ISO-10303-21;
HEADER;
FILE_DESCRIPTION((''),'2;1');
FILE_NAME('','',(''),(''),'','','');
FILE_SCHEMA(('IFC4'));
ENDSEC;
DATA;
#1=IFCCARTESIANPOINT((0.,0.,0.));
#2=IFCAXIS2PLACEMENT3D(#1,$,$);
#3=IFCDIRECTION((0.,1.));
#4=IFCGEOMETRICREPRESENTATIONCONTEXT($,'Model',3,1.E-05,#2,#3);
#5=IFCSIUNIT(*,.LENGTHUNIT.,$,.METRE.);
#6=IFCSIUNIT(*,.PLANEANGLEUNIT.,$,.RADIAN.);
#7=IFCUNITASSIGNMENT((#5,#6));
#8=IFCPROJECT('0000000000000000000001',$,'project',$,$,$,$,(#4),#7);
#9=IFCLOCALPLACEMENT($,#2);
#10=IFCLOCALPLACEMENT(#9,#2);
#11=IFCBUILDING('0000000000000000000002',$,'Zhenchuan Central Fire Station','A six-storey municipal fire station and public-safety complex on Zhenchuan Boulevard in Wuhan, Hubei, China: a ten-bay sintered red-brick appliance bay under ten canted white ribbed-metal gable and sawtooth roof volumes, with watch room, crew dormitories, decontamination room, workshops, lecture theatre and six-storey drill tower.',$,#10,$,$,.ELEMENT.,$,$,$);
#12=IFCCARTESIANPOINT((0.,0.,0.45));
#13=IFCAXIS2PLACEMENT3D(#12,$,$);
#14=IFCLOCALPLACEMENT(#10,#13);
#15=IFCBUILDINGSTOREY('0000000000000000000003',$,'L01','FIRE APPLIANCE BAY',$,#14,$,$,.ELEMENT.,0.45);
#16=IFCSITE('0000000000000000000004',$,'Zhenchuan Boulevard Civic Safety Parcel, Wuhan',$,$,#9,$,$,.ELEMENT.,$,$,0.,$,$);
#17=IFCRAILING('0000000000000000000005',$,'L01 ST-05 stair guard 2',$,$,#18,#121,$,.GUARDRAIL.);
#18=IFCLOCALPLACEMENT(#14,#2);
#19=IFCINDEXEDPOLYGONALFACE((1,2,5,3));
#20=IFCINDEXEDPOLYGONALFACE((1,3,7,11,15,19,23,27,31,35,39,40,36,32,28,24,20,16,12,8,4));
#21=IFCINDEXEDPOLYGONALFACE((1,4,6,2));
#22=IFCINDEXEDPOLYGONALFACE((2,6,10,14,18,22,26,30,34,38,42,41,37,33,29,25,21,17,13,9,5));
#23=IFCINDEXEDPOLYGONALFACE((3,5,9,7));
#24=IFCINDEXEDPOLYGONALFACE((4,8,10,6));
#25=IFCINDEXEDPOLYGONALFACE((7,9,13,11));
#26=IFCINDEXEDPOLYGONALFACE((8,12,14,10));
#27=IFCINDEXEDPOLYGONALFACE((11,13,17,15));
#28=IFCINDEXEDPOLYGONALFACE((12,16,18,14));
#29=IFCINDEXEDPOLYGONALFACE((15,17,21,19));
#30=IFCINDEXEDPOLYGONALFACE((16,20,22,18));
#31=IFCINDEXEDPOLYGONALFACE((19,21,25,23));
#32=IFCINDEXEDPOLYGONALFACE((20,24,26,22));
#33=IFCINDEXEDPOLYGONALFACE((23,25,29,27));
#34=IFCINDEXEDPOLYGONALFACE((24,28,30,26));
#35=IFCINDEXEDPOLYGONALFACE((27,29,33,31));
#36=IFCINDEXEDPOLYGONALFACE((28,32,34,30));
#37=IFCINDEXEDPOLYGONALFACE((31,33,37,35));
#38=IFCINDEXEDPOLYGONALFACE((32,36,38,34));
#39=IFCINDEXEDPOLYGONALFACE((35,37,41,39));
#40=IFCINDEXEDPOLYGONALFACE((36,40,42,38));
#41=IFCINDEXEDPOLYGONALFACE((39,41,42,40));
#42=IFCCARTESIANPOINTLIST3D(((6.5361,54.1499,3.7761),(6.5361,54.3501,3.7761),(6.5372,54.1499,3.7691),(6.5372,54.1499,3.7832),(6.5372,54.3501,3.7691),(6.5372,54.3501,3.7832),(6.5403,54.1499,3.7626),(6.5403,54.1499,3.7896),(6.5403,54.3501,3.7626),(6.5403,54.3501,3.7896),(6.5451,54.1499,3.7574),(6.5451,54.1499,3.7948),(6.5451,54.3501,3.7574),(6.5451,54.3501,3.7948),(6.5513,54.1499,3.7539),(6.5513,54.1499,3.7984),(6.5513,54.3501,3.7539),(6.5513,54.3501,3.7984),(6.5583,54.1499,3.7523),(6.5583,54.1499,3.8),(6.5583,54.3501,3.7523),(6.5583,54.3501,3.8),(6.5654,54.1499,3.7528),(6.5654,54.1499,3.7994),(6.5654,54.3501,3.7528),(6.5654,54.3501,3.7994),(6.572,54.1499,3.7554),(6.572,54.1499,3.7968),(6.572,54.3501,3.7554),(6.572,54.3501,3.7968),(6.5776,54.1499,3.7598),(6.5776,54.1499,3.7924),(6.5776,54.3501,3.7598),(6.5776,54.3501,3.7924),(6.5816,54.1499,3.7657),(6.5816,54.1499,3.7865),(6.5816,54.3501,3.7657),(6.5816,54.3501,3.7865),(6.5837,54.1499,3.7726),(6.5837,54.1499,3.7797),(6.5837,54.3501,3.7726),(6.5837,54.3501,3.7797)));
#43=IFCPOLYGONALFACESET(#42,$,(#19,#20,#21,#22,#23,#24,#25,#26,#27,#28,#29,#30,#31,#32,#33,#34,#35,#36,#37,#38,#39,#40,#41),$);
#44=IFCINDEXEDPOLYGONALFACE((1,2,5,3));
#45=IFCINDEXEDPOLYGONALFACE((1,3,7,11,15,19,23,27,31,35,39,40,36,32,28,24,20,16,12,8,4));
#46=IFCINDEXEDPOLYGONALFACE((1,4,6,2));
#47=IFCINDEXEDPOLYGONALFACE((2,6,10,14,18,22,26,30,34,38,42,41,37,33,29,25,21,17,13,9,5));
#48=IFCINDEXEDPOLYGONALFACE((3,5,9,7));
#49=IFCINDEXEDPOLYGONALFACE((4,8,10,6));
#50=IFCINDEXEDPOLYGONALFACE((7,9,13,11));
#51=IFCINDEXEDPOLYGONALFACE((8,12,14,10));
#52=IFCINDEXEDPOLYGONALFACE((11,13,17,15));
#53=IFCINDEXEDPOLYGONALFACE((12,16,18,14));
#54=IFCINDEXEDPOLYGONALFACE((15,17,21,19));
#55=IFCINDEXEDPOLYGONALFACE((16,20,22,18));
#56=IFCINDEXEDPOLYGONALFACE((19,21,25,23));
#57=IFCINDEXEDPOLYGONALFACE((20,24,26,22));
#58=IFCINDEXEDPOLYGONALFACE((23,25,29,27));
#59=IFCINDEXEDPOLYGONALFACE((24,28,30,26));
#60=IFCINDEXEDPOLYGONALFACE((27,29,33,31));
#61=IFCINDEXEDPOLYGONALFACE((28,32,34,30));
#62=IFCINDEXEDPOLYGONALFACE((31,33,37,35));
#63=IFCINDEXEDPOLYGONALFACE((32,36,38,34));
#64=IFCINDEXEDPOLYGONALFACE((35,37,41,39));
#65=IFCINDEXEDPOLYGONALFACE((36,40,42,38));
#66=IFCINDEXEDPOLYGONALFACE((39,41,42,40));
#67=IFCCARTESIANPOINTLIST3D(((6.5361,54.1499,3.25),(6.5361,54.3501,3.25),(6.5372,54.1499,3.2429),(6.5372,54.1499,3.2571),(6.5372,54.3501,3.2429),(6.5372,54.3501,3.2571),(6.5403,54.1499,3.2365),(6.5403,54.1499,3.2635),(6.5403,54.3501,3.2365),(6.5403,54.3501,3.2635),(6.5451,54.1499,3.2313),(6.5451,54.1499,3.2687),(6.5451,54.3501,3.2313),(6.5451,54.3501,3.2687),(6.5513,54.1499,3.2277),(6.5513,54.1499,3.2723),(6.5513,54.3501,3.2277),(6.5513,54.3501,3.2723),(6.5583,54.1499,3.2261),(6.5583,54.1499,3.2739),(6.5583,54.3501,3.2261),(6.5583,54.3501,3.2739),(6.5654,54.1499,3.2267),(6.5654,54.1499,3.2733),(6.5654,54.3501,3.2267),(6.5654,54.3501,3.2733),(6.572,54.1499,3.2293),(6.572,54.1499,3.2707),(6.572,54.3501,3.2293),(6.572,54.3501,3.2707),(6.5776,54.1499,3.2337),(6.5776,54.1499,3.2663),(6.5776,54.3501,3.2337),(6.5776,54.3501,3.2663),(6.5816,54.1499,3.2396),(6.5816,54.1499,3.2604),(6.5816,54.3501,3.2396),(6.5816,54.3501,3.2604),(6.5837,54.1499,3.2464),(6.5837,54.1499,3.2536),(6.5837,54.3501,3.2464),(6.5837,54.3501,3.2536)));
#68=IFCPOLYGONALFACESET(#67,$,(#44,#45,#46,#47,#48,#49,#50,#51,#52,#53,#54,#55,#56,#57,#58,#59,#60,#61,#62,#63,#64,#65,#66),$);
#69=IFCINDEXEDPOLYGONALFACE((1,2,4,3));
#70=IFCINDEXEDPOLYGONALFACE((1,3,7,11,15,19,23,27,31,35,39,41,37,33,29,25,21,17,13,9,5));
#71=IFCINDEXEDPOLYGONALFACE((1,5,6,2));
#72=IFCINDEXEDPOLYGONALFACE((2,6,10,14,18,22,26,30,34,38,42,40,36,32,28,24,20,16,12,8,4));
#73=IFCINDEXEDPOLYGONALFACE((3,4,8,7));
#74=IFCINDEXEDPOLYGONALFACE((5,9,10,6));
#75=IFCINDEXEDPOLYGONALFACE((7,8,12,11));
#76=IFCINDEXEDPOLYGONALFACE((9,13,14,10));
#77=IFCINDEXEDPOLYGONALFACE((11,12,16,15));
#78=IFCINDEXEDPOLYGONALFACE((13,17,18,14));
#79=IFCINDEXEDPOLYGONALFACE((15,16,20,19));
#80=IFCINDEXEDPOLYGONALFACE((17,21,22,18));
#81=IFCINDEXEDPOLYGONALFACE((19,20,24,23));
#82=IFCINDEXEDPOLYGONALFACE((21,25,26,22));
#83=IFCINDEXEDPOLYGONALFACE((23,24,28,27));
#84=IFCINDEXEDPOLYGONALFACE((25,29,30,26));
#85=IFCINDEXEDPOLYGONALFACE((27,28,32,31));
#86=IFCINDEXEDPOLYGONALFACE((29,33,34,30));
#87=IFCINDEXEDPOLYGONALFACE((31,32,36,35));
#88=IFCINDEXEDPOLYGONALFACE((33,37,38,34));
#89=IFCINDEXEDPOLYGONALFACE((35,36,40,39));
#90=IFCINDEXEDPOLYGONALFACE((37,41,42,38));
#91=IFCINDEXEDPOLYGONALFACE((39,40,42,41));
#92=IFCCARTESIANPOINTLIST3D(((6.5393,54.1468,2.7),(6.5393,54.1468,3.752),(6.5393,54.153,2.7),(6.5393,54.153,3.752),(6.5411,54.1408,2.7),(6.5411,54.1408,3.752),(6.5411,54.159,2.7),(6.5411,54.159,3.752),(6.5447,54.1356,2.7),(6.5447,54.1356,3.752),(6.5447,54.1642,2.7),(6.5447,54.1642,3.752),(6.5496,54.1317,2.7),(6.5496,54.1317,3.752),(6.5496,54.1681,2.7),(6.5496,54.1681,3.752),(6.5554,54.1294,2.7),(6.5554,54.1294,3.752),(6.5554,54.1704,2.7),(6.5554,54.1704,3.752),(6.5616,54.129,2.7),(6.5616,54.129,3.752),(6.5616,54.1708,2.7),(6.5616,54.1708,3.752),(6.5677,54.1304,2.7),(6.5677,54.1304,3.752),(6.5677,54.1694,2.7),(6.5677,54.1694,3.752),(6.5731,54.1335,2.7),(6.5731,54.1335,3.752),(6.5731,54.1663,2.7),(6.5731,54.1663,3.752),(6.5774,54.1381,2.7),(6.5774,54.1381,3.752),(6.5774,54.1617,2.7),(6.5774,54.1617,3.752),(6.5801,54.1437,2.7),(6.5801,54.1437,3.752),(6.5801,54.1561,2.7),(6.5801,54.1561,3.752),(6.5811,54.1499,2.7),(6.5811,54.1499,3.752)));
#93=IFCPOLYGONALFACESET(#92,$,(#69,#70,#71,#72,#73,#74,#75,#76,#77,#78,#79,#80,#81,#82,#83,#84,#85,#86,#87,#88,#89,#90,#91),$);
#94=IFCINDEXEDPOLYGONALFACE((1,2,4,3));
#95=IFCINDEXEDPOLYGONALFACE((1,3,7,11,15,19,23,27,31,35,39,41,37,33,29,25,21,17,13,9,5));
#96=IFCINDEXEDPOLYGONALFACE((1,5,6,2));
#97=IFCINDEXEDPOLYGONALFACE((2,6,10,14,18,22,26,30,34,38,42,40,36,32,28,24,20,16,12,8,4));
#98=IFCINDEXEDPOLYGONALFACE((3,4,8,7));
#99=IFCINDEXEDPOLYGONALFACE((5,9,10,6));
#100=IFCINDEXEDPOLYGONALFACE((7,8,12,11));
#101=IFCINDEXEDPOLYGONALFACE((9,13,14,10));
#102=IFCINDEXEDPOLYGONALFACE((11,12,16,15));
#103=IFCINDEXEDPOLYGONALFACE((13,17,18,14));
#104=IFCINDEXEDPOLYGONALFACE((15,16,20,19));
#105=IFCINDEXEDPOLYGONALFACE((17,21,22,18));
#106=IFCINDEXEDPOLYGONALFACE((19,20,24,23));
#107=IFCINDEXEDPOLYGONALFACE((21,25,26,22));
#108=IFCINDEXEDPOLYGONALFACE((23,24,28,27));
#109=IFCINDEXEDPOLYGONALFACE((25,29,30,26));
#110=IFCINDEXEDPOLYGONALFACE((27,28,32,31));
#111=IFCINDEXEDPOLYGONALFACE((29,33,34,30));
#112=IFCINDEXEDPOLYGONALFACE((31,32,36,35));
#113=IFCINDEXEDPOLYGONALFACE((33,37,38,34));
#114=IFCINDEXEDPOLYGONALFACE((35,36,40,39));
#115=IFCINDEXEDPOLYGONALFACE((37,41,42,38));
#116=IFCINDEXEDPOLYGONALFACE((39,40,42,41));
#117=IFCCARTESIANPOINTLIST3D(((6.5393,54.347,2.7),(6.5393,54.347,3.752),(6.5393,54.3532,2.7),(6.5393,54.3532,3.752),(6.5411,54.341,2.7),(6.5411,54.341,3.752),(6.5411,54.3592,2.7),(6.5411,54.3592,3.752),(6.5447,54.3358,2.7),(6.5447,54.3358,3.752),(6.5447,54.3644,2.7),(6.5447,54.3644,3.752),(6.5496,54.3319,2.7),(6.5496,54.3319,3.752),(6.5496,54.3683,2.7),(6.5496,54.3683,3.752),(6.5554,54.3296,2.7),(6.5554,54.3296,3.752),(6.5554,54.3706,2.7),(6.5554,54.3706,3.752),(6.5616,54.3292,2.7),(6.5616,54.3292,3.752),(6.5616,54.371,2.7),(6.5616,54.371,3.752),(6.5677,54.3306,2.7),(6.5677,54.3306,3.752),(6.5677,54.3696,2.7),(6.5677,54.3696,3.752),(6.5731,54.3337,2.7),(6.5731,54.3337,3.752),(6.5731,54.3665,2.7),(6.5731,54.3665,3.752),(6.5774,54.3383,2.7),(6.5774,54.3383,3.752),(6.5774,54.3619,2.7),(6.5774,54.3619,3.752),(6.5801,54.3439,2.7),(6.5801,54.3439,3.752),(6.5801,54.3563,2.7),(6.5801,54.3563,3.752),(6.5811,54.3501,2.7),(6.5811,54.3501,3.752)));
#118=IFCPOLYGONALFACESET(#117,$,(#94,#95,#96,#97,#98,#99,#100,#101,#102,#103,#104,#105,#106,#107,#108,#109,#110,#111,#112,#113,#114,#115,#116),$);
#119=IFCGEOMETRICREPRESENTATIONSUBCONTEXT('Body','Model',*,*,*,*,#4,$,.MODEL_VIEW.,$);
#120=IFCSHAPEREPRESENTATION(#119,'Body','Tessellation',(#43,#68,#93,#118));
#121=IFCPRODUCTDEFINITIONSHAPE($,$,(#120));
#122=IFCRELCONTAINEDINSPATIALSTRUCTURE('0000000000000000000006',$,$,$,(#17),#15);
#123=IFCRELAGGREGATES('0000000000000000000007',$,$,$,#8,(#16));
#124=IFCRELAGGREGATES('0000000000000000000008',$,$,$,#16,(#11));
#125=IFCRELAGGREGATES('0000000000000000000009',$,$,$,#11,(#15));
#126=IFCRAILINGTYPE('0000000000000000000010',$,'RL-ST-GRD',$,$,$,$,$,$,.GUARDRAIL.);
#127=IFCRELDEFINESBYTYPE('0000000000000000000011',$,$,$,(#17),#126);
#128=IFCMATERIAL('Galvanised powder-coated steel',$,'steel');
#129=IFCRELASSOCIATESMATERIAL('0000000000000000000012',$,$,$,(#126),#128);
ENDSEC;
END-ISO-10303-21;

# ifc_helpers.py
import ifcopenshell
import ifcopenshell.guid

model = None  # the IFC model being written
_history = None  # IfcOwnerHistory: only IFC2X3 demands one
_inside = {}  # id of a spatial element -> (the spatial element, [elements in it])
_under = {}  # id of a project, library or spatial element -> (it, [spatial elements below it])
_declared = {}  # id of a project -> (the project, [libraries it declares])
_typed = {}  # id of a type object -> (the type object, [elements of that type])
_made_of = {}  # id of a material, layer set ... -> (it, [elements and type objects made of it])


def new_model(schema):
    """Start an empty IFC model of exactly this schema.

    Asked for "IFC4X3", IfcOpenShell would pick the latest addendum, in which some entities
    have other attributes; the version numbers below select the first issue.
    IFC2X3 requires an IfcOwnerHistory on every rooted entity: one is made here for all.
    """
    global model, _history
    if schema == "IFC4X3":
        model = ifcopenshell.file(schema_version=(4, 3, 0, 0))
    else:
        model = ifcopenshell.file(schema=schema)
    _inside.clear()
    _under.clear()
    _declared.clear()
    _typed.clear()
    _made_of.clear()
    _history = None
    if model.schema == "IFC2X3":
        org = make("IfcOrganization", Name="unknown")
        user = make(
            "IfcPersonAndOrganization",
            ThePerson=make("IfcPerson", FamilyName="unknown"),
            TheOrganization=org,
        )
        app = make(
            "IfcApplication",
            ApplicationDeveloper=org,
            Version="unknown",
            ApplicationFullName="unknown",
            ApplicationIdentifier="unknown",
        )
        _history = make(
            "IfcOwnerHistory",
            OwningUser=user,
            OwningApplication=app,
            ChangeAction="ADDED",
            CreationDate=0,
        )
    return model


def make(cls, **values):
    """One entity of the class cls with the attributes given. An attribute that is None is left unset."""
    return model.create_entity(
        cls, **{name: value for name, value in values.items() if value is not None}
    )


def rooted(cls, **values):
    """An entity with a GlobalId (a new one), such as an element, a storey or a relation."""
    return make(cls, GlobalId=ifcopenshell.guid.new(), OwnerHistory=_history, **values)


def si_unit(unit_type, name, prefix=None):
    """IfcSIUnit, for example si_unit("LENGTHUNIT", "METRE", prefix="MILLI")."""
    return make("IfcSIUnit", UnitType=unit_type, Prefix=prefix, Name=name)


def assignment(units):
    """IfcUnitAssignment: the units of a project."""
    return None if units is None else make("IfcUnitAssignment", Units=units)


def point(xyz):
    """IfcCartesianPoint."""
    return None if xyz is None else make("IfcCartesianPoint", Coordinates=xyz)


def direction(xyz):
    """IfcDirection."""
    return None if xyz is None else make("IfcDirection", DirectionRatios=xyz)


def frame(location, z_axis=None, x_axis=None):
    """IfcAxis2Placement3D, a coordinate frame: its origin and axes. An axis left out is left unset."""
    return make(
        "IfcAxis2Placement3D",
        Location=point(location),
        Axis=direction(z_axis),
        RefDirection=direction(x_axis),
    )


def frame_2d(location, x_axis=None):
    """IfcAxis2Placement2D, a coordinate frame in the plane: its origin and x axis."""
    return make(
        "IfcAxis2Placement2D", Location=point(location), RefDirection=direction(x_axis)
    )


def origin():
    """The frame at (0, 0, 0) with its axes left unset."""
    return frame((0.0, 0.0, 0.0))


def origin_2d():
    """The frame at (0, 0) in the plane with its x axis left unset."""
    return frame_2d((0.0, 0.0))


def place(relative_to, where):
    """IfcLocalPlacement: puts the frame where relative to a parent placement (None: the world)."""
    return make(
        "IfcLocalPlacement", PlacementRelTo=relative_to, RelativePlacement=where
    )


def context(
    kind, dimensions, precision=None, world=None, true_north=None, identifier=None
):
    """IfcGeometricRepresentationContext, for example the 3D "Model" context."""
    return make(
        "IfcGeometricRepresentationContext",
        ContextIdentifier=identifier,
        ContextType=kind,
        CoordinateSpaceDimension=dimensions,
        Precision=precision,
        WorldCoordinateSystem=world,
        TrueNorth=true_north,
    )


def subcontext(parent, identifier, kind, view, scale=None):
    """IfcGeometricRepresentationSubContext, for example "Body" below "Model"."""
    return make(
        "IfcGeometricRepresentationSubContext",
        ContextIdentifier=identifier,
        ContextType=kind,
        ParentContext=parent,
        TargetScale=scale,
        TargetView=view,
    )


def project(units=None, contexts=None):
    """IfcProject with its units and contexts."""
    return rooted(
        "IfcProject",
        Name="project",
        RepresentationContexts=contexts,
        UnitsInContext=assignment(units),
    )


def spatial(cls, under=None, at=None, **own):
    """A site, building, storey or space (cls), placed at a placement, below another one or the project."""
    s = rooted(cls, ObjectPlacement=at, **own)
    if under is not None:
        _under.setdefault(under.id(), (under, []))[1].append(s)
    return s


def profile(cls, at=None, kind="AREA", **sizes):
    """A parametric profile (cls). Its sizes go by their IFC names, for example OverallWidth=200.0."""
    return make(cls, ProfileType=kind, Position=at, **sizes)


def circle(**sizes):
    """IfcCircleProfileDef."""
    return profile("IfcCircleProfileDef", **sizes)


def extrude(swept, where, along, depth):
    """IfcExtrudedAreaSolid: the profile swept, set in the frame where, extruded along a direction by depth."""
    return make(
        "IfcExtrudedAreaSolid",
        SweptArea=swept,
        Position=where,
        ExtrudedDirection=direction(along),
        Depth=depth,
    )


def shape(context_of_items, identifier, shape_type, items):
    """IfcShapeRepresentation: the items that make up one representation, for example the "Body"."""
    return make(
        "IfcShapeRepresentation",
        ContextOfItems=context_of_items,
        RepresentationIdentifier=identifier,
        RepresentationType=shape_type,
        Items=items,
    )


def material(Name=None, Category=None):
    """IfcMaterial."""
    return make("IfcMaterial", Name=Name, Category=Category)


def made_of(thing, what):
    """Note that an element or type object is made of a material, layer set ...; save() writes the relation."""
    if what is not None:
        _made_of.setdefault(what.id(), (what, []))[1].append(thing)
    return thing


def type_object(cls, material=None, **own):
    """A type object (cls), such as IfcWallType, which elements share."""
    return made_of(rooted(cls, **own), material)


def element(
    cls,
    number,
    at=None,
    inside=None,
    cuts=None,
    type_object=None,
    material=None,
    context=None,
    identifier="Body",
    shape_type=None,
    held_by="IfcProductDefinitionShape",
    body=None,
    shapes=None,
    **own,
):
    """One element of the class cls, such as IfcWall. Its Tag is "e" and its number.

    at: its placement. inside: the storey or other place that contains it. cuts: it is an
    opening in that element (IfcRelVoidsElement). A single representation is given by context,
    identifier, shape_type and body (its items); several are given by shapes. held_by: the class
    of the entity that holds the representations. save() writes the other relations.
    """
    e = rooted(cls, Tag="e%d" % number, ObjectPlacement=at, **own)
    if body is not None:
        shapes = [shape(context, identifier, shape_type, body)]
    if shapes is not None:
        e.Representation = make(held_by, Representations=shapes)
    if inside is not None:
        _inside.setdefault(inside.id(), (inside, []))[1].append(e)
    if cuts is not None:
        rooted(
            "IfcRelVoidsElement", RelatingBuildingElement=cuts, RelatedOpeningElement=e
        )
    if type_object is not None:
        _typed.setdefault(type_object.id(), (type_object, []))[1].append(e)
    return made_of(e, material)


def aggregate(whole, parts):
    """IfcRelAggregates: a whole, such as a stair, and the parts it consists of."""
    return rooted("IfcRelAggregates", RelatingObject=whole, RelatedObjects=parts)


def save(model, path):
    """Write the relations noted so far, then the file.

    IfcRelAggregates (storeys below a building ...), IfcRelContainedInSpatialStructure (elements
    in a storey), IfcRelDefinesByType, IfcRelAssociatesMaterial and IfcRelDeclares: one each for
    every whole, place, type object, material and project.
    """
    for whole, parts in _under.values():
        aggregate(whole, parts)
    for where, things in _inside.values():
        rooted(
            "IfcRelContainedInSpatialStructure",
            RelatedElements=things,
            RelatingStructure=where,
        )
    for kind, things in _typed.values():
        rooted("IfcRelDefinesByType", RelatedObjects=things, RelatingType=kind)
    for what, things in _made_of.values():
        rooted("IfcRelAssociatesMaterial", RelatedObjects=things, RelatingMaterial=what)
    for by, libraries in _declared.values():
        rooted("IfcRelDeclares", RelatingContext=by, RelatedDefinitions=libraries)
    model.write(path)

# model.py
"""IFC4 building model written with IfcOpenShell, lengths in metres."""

from ifc_helpers import new_model, si_unit, direction, frame, origin, origin_2d, place, context, subcontext, project, spatial, circle, extrude, material, type_object, element, save


model = new_model("IFC4")

# Units and contexts
model_context = context("Model", 3, precision=1e-05, world=origin(), true_north=direction((0.0, 1.0)))
body_context = subcontext(model_context, "Body", "Model", "MODEL_VIEW")
ifc_project = project(units=[si_unit("LENGTHUNIT", "METRE"), si_unit("PLANEANGLEUNIT", "RADIAN")], contexts=[model_context])

# Site, building, storey
site_placement = place(None, origin())
site = spatial("IfcSite", under=ifc_project, at=site_placement, Name="Zhenchuan Boulevard Civic Safety Parcel, Wuhan", CompositionType="ELEMENT", RefElevation=0.0)
building_placement = place(site_placement, origin())
building = spatial("IfcBuilding", under=site, at=building_placement, Name="Zhenchuan Central Fire Station", Description="A six-storey municipal fire station and public-safety complex on Zhenchuan Boulevard in Wuhan, Hubei, China: a ten-bay sintered red-brick appliance bay under ten canted white ribbed-metal gable and sawtooth roof volumes, with watch room, crew dormitories, decontamination room, workshops, lecture theatre and six-storey drill tower.", CompositionType="ELEMENT")
storey_placement = place(building_placement, frame((0.0, 0.0, 0.45)))
storey = spatial("IfcBuildingStorey", under=building, at=storey_placement, Name="L01", Description="FIRE APPLIANCE BAY", CompositionType="ELEMENT", Elevation=0.45)

# Railing
ifc_material_1 = material(Name="Galvanised powder-coated steel", Category="steel")
railing_type_1 = type_object("IfcRailingType", Name="RL-ST-GRD", PredefinedType="GUARDRAIL", material=ifc_material_1)
railing_1_placement = place(storey_placement, frame((6.5601, 54.1499, 2.7)))
element("IfcRailing", 1, at=railing_1_placement, inside=storey, type_object=railing_type_1, Name="L01 ST-05 stair guard 2", PredefinedType="GUARDRAIL", context=body_context, shape_type="SweptSolid", body=[
    extrude(circle(Radius=0.0239, at=origin_2d()), frame((0.0, 0.0, 1.0762), z_axis=(0.0, 1.0, 0.0), x_axis=(-1.0, 0.0, 0.0)), (0.0, 0.0, 1.0), 0.2002),
    extrude(circle(Radius=0.0239, at=origin_2d()), frame((0.0, 0.0, 0.55), z_axis=(0.0, 1.0, 0.0), x_axis=(-1.0, 0.0, 0.0)), (0.0, 0.0, 1.0), 0.2002),
    extrude(circle(Radius=0.021, at=origin_2d()), origin(), (0.0, 0.0, 1.0), 1.052),
    extrude(circle(Radius=0.021, at=origin_2d()), frame((0.0, 0.2002, 0.0)), (0.0, 0.0, 1.0), 1.052),
])

save(model, "model.ifc")
